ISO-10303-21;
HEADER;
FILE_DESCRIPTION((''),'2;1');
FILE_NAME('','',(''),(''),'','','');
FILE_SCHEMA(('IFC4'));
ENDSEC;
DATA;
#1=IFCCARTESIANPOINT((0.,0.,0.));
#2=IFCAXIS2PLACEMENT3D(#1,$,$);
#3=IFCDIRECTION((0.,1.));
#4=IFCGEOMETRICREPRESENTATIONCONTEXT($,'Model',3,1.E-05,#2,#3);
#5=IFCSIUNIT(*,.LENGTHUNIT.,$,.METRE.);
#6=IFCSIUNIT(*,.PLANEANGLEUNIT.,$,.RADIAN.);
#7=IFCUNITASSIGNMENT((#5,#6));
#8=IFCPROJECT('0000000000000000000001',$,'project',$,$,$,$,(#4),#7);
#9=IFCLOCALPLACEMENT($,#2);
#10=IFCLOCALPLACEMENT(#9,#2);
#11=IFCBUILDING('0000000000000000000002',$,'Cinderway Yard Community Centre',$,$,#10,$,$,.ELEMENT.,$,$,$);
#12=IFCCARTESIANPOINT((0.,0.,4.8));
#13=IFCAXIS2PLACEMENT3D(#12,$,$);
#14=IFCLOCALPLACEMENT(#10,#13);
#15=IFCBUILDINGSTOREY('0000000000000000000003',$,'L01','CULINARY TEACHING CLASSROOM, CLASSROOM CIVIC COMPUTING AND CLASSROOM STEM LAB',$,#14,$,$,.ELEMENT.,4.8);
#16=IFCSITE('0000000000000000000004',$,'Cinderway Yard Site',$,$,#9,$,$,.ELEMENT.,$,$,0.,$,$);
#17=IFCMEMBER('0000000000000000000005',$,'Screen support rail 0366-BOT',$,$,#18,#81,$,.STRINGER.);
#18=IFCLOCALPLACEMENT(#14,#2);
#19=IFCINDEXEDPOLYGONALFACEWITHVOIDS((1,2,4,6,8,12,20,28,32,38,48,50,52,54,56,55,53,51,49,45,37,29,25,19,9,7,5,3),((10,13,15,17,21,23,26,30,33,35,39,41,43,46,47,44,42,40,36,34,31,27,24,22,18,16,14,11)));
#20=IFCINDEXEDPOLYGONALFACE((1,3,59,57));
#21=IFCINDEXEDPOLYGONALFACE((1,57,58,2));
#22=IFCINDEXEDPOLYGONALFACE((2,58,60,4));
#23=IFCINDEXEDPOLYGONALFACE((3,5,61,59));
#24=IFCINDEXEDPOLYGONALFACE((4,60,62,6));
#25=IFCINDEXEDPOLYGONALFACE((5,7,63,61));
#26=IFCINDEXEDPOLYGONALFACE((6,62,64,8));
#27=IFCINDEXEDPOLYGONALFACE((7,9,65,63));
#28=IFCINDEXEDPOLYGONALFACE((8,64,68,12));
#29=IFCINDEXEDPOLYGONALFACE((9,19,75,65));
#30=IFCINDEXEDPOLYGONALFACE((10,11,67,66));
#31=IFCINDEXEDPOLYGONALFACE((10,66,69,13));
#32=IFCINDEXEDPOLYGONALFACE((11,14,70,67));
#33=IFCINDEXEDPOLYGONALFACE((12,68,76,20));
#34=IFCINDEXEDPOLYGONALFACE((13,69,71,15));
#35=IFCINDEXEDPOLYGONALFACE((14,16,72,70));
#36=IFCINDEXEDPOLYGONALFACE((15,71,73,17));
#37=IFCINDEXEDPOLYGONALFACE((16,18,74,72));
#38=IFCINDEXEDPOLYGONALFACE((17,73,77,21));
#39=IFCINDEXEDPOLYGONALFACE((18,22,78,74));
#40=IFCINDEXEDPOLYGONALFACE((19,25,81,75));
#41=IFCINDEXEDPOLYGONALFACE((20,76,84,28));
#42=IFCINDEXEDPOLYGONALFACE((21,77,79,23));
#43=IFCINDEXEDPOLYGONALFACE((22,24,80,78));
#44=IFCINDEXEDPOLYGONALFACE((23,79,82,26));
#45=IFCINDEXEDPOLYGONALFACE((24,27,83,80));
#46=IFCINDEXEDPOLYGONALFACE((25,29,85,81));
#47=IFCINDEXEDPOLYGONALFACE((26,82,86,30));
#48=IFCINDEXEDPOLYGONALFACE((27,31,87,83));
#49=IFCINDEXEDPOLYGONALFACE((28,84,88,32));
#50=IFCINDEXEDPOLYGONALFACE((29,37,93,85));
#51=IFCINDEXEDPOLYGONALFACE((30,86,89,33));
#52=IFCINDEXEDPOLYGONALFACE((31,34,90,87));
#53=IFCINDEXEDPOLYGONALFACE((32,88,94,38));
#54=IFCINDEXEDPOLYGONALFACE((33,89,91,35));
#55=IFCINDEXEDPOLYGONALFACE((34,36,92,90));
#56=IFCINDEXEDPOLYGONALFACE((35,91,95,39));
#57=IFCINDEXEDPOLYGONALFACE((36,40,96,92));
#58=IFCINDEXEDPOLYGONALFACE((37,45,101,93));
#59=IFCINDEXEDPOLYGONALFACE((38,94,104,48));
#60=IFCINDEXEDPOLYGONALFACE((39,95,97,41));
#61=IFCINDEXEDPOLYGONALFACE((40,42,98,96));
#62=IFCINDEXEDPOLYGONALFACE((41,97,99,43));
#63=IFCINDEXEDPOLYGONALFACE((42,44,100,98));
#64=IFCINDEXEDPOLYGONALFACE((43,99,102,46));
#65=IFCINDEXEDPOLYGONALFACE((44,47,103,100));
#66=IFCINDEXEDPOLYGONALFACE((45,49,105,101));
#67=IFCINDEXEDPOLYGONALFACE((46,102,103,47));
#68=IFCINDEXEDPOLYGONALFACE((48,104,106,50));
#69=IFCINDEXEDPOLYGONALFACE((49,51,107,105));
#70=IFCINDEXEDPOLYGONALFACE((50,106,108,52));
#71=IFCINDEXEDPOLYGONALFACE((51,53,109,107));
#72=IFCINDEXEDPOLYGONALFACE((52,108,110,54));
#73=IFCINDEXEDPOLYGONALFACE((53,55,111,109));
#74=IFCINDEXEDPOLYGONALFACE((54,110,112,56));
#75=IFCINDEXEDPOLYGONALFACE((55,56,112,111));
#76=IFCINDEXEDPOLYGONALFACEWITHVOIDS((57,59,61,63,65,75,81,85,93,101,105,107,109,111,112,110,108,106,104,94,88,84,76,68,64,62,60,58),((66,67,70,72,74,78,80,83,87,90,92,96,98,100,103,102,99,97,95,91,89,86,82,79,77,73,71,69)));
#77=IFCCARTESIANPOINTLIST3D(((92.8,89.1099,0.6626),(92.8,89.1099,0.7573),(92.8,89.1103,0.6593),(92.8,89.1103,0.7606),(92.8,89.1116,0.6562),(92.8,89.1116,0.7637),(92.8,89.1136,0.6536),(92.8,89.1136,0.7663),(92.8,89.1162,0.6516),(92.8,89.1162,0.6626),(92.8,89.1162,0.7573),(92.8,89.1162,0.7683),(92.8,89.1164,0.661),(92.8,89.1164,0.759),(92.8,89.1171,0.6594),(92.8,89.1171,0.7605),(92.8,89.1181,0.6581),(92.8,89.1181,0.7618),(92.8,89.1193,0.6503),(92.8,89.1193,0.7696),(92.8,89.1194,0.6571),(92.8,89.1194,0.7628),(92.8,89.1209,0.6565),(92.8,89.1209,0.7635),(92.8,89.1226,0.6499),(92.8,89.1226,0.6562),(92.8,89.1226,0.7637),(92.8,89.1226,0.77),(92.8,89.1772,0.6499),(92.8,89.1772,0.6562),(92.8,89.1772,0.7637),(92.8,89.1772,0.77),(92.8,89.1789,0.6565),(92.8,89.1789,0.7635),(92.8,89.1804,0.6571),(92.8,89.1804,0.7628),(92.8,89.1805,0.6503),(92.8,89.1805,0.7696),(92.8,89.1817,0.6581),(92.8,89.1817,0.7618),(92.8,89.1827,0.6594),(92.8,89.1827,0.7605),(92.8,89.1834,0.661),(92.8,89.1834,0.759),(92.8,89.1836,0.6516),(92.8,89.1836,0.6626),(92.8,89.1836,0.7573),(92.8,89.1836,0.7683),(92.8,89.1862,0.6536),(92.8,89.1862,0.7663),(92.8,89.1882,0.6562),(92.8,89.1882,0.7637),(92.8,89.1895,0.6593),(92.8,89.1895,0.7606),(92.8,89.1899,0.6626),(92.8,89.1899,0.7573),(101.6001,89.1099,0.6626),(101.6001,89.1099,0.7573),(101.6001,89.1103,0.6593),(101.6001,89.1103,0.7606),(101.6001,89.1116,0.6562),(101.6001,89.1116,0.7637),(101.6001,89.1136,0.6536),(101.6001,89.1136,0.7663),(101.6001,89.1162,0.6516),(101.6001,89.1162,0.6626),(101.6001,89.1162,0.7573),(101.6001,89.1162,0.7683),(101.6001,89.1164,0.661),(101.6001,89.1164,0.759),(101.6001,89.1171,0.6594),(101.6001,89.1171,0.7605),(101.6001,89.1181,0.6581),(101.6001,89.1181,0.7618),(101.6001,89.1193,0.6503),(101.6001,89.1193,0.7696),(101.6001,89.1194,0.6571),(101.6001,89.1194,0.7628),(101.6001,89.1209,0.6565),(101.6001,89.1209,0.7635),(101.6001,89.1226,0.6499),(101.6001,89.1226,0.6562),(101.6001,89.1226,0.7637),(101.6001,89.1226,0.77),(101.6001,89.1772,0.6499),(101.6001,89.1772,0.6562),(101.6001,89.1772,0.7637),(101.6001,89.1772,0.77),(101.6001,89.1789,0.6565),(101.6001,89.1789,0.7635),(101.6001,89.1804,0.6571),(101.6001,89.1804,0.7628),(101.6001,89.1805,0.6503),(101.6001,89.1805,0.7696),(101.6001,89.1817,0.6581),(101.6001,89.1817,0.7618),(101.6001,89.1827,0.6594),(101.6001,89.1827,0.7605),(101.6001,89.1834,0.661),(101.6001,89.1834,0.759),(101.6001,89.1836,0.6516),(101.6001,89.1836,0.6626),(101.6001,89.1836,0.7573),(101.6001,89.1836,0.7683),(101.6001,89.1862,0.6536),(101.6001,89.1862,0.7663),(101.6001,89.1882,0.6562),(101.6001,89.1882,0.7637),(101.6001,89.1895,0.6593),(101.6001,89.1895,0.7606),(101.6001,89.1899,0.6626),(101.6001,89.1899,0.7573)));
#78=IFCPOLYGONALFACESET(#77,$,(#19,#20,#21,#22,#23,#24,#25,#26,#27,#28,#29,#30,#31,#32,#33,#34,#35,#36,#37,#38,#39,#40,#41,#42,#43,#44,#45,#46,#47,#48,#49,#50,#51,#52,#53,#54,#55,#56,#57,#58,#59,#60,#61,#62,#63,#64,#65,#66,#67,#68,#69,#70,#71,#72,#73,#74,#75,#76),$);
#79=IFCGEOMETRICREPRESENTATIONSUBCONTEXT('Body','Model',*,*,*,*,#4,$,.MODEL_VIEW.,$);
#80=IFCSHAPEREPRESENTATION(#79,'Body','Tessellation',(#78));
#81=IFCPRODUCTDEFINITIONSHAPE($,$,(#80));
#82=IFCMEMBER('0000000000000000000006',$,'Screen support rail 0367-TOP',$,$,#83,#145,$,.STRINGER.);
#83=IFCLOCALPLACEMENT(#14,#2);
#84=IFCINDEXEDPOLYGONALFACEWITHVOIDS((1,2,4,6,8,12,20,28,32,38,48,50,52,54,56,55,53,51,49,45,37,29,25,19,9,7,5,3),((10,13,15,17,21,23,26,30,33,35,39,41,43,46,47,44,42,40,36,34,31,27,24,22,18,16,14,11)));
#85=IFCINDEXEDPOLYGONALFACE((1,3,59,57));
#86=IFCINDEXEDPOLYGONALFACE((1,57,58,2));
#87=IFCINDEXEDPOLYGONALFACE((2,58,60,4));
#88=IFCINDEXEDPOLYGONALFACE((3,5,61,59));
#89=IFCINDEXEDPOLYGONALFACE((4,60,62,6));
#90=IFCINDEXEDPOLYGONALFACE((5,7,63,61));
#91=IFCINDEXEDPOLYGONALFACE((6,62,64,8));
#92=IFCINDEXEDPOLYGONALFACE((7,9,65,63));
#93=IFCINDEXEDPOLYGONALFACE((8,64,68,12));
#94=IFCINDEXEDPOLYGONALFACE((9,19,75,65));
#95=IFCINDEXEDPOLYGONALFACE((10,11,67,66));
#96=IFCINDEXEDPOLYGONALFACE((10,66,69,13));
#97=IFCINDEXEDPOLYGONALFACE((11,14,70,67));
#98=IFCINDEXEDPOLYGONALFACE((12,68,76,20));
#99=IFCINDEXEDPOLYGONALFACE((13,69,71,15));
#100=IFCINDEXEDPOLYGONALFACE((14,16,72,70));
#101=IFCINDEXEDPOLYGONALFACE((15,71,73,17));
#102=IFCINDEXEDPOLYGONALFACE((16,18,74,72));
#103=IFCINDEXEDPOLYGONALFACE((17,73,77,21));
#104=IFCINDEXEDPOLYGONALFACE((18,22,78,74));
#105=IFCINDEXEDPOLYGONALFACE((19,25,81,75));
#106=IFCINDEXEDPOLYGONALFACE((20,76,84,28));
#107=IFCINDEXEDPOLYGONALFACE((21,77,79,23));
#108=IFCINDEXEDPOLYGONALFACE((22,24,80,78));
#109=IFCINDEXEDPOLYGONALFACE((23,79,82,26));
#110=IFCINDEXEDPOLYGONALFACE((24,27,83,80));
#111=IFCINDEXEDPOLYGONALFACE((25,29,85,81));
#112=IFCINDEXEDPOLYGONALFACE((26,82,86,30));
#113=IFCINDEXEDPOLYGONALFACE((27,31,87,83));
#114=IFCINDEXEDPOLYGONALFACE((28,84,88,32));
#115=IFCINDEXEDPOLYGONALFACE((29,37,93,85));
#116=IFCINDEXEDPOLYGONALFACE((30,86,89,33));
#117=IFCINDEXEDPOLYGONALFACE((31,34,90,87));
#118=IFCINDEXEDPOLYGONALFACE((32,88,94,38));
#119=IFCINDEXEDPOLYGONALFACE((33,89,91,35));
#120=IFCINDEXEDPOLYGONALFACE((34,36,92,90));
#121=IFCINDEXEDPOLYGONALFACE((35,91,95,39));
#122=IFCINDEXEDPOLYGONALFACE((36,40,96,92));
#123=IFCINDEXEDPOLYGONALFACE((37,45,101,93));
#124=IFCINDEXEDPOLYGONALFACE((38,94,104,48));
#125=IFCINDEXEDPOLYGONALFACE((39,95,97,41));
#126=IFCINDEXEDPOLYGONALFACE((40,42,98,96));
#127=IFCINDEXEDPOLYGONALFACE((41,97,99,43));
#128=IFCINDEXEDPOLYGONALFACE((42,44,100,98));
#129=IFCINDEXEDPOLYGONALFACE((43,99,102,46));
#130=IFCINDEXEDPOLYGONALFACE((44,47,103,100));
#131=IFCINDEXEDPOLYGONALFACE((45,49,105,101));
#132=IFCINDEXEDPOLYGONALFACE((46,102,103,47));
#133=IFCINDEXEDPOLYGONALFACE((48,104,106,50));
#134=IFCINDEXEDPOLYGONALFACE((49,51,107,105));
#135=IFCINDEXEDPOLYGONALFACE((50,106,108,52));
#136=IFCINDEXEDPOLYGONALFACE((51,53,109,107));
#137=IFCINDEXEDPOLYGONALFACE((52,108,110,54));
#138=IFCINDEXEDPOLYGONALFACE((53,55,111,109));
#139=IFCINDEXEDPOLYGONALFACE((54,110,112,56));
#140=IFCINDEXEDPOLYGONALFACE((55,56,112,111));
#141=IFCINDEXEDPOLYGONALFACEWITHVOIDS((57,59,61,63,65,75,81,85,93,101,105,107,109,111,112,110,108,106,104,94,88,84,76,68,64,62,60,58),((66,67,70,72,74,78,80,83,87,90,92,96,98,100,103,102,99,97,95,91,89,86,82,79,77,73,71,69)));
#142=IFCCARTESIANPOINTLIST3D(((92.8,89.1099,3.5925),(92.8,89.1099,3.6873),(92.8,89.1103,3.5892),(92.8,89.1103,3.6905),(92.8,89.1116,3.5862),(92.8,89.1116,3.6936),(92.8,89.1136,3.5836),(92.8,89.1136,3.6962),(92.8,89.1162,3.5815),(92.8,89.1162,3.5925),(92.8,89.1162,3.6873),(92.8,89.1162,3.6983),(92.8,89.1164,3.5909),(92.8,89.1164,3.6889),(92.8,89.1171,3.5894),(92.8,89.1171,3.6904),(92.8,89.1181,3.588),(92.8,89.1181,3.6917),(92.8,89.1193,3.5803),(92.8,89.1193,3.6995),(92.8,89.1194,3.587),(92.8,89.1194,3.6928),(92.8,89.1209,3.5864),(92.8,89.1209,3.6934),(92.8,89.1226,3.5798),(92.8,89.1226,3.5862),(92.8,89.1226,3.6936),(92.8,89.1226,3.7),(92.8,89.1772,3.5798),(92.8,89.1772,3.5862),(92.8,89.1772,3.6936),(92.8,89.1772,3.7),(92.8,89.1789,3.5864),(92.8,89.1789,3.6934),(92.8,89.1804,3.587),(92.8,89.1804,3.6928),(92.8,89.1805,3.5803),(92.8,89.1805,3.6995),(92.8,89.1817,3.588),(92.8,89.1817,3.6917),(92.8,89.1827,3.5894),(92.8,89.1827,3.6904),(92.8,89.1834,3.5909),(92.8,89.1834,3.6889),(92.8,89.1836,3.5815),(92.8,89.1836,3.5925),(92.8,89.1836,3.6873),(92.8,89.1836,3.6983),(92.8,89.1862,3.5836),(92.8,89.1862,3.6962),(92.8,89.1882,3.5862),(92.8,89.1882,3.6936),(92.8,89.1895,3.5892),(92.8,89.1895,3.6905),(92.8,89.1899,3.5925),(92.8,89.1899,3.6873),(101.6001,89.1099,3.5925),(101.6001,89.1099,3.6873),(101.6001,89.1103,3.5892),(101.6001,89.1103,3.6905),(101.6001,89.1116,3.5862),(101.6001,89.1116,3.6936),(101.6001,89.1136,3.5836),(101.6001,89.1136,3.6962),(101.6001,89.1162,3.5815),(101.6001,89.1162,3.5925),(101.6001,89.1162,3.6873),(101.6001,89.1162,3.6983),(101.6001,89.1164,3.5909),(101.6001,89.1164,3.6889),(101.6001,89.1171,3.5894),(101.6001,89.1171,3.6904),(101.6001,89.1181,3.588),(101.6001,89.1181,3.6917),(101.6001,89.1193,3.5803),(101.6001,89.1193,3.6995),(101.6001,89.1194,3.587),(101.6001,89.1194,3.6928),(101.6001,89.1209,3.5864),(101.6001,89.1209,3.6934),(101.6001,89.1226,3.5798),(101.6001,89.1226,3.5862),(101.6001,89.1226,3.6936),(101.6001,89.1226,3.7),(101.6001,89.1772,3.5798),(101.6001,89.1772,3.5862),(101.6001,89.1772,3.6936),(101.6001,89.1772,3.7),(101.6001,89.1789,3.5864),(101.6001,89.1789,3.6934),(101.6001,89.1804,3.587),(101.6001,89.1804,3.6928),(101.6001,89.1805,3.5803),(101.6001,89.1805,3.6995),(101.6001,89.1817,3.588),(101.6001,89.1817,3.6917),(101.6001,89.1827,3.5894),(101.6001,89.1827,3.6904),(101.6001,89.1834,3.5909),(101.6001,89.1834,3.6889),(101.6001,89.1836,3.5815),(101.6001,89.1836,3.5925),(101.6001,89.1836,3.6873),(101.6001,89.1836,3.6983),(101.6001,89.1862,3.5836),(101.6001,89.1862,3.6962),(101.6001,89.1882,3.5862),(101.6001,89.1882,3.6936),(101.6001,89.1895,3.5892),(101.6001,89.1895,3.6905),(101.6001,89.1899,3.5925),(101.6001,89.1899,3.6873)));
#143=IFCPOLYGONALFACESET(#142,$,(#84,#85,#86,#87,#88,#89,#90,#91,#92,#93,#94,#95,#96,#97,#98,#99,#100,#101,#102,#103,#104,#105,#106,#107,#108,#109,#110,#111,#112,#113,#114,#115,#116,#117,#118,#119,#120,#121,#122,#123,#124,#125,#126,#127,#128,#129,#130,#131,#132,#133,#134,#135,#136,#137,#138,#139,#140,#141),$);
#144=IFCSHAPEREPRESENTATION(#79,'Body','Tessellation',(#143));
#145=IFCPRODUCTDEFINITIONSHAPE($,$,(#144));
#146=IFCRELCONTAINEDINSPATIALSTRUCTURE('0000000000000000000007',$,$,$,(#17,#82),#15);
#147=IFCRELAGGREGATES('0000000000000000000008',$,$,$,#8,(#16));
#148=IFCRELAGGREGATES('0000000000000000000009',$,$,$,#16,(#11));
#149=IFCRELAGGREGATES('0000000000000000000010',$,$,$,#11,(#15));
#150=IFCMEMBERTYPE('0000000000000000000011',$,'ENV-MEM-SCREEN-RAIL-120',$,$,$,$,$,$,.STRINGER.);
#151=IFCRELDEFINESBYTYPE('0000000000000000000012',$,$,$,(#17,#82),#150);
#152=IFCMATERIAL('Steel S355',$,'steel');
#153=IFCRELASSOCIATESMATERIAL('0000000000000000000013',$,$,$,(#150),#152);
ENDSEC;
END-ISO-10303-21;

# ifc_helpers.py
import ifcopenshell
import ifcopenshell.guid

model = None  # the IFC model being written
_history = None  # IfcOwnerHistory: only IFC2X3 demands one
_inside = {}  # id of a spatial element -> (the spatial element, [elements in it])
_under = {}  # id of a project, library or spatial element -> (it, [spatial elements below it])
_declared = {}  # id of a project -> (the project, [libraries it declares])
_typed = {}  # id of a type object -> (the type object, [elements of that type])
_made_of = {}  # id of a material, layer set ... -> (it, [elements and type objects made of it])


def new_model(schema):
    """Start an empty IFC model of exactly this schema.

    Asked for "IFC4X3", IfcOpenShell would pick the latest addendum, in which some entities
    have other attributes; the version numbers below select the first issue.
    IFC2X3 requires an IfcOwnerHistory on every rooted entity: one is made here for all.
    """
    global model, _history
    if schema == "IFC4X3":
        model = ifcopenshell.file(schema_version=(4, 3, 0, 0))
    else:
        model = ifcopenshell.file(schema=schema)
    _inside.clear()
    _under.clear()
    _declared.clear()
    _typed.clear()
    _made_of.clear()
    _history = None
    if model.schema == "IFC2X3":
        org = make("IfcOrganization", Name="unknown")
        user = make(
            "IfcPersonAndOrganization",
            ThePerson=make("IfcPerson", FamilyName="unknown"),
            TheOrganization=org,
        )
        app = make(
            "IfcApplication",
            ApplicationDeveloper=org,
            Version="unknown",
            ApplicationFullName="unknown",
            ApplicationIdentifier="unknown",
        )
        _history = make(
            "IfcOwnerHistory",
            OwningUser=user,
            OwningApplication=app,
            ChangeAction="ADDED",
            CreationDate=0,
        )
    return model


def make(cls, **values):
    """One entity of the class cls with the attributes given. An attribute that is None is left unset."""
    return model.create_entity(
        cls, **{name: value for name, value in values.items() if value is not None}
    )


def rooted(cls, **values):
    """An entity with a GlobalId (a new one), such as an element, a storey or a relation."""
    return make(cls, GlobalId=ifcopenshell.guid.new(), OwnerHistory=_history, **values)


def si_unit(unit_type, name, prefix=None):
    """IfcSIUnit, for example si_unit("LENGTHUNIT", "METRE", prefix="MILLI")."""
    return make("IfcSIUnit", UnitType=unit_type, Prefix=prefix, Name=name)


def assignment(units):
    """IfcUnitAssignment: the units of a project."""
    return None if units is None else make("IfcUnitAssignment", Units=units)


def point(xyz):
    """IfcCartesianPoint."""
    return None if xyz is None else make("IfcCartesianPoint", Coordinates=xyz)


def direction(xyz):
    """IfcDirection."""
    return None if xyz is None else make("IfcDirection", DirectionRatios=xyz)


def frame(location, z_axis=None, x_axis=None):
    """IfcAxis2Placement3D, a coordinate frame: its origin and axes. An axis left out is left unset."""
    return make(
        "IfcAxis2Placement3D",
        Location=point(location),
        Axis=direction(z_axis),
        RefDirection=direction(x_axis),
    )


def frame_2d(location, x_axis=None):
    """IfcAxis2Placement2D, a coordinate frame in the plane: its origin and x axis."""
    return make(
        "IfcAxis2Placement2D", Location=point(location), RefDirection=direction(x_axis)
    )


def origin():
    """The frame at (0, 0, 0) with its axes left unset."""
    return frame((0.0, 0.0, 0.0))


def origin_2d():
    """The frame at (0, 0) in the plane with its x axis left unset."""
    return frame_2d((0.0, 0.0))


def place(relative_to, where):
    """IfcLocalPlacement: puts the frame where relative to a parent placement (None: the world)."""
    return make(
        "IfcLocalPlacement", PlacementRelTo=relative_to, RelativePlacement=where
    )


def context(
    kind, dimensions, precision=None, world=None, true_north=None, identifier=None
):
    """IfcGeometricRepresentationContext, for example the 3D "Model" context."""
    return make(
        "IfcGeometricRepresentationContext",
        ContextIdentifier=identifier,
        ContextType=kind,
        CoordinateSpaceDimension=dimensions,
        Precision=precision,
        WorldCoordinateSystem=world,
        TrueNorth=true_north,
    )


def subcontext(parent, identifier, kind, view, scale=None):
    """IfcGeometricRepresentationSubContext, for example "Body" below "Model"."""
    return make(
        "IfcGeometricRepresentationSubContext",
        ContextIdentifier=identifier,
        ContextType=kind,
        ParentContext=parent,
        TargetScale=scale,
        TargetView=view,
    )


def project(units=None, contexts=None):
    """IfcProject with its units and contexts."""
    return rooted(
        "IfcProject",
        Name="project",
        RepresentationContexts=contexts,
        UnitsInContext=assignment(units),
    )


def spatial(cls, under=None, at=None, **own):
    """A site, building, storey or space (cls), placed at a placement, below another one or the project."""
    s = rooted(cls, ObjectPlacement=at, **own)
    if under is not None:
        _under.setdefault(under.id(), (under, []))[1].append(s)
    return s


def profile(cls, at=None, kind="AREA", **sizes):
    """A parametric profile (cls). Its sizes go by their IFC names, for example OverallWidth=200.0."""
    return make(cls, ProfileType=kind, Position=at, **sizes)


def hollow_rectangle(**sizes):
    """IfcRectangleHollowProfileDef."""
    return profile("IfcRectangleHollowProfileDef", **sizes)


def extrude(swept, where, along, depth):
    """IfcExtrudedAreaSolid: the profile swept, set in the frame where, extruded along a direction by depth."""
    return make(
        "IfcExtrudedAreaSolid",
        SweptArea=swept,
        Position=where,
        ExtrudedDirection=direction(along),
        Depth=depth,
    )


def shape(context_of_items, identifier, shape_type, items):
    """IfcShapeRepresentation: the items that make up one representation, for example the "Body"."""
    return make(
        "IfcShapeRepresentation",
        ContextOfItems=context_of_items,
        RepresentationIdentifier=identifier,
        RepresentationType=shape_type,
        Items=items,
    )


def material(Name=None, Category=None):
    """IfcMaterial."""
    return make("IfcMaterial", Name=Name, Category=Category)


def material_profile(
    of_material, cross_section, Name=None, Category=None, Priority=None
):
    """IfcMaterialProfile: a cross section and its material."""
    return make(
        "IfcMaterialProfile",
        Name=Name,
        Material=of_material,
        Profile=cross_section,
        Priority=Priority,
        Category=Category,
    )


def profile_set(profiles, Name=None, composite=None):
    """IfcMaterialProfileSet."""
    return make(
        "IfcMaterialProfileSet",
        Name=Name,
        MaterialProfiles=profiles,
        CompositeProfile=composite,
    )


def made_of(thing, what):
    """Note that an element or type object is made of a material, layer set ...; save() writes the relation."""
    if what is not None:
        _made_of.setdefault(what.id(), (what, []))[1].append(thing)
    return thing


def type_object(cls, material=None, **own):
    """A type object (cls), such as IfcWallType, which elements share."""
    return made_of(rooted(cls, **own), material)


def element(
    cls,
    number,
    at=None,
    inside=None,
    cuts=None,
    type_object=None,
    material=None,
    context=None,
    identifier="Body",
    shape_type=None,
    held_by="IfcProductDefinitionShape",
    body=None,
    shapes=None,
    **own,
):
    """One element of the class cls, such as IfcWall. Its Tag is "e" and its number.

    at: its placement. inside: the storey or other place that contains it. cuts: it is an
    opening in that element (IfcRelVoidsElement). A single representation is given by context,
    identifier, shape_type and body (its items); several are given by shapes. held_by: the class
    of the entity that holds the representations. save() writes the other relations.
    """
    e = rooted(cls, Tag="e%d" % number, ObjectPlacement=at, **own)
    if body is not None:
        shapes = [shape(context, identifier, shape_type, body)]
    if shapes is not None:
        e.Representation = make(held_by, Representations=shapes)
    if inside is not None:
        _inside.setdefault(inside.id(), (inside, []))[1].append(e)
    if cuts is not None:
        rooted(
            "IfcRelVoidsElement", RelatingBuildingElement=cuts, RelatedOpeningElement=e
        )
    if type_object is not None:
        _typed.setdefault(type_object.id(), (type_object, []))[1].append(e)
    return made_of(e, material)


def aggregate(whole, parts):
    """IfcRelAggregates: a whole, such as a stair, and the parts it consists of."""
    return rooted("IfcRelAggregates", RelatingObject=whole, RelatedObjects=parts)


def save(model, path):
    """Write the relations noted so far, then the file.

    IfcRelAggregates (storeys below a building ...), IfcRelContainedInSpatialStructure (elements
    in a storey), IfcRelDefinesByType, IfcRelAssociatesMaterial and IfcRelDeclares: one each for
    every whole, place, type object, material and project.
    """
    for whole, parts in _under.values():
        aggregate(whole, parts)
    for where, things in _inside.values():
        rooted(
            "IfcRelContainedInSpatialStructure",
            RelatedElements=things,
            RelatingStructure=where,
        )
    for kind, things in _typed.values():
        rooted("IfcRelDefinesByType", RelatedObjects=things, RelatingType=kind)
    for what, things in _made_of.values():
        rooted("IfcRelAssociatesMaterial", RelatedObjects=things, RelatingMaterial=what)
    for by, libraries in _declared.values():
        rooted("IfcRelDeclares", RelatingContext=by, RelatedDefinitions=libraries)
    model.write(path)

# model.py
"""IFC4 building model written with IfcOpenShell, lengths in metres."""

from ifc_helpers import new_model, si_unit, direction, frame, origin, origin_2d, place, context, subcontext, project, spatial, hollow_rectangle, extrude, material, material_profile, profile_set, type_object, element, save


model = new_model("IFC4")

# Units and contexts
model_context = context("Model", 3, precision=1e-05, world=origin(), true_north=direction((0.0, 1.0)))
body_context = subcontext(model_context, "Body", "Model", "MODEL_VIEW")
ifc_project = project(units=[si_unit("LENGTHUNIT", "METRE"), si_unit("PLANEANGLEUNIT", "RADIAN")], contexts=[model_context])

# Site, building, storey
site_placement = place(None, origin())
site = spatial("IfcSite", under=ifc_project, at=site_placement, Name="Cinderway Yard Site", CompositionType="ELEMENT", RefElevation=0.0)
building_placement = place(site_placement, origin())
building = spatial("IfcBuilding", under=site, at=building_placement, Name="Cinderway Yard Community Centre", CompositionType="ELEMENT")
storey_placement = place(building_placement, frame((0.0, 0.0, 4.8)))
storey = spatial("IfcBuildingStorey", under=building, at=storey_placement, Name="L01", Description="CULINARY TEACHING CLASSROOM, CLASSROOM CIVIC COMPUTING AND CLASSROOM STEM LAB", CompositionType="ELEMENT", Elevation=4.8)

# Members
ifc_material_1 = material(Name="Steel S355", Category="steel")
ifc_material_profile_1 = material_profile(ifc_material_1, hollow_rectangle(XDim=0.0801, YDim=0.1201, WallThickness=0.0063, InnerFilletRadius=0.0063, OuterFilletRadius=0.0127, at=origin_2d()), Name="Steel S355")
ifc_profile_set_1 = profile_set([ifc_material_profile_1], Name="Steel S355")
member_type_1 = type_object("IfcMemberType", Name="ENV-MEM-SCREEN-RAIL-120", PredefinedType="STRINGER", material=ifc_profile_set_1)
for number, where, z_axis, x_axis, name in (
    (1, (92.8, 89.1499, 0.71), (1.0, 0.0, 0.0), (0.0, 1.0, 0.0), "Screen support rail 0366-BOT"),
    (2, (92.8, 89.1499, 3.6399), (1.0, 0.0, 0.0), (0.0, 1.0, 0.0), "Screen support rail 0367-TOP"),
):
    element("IfcMember", number, at=place(storey_placement, frame(where, z_axis=z_axis, x_axis=x_axis)), inside=storey, type_object=member_type_1, Name=name, PredefinedType="STRINGER", context=body_context, shape_type="SweptSolid", body=[
        extrude(hollow_rectangle(XDim=0.0801, YDim=0.1201, WallThickness=0.0063, InnerFilletRadius=0.0063, OuterFilletRadius=0.0127, at=origin_2d()), origin(), (0.0, 0.0, 1.0), 8.8),
    ])

save(model, "model.ifc")
